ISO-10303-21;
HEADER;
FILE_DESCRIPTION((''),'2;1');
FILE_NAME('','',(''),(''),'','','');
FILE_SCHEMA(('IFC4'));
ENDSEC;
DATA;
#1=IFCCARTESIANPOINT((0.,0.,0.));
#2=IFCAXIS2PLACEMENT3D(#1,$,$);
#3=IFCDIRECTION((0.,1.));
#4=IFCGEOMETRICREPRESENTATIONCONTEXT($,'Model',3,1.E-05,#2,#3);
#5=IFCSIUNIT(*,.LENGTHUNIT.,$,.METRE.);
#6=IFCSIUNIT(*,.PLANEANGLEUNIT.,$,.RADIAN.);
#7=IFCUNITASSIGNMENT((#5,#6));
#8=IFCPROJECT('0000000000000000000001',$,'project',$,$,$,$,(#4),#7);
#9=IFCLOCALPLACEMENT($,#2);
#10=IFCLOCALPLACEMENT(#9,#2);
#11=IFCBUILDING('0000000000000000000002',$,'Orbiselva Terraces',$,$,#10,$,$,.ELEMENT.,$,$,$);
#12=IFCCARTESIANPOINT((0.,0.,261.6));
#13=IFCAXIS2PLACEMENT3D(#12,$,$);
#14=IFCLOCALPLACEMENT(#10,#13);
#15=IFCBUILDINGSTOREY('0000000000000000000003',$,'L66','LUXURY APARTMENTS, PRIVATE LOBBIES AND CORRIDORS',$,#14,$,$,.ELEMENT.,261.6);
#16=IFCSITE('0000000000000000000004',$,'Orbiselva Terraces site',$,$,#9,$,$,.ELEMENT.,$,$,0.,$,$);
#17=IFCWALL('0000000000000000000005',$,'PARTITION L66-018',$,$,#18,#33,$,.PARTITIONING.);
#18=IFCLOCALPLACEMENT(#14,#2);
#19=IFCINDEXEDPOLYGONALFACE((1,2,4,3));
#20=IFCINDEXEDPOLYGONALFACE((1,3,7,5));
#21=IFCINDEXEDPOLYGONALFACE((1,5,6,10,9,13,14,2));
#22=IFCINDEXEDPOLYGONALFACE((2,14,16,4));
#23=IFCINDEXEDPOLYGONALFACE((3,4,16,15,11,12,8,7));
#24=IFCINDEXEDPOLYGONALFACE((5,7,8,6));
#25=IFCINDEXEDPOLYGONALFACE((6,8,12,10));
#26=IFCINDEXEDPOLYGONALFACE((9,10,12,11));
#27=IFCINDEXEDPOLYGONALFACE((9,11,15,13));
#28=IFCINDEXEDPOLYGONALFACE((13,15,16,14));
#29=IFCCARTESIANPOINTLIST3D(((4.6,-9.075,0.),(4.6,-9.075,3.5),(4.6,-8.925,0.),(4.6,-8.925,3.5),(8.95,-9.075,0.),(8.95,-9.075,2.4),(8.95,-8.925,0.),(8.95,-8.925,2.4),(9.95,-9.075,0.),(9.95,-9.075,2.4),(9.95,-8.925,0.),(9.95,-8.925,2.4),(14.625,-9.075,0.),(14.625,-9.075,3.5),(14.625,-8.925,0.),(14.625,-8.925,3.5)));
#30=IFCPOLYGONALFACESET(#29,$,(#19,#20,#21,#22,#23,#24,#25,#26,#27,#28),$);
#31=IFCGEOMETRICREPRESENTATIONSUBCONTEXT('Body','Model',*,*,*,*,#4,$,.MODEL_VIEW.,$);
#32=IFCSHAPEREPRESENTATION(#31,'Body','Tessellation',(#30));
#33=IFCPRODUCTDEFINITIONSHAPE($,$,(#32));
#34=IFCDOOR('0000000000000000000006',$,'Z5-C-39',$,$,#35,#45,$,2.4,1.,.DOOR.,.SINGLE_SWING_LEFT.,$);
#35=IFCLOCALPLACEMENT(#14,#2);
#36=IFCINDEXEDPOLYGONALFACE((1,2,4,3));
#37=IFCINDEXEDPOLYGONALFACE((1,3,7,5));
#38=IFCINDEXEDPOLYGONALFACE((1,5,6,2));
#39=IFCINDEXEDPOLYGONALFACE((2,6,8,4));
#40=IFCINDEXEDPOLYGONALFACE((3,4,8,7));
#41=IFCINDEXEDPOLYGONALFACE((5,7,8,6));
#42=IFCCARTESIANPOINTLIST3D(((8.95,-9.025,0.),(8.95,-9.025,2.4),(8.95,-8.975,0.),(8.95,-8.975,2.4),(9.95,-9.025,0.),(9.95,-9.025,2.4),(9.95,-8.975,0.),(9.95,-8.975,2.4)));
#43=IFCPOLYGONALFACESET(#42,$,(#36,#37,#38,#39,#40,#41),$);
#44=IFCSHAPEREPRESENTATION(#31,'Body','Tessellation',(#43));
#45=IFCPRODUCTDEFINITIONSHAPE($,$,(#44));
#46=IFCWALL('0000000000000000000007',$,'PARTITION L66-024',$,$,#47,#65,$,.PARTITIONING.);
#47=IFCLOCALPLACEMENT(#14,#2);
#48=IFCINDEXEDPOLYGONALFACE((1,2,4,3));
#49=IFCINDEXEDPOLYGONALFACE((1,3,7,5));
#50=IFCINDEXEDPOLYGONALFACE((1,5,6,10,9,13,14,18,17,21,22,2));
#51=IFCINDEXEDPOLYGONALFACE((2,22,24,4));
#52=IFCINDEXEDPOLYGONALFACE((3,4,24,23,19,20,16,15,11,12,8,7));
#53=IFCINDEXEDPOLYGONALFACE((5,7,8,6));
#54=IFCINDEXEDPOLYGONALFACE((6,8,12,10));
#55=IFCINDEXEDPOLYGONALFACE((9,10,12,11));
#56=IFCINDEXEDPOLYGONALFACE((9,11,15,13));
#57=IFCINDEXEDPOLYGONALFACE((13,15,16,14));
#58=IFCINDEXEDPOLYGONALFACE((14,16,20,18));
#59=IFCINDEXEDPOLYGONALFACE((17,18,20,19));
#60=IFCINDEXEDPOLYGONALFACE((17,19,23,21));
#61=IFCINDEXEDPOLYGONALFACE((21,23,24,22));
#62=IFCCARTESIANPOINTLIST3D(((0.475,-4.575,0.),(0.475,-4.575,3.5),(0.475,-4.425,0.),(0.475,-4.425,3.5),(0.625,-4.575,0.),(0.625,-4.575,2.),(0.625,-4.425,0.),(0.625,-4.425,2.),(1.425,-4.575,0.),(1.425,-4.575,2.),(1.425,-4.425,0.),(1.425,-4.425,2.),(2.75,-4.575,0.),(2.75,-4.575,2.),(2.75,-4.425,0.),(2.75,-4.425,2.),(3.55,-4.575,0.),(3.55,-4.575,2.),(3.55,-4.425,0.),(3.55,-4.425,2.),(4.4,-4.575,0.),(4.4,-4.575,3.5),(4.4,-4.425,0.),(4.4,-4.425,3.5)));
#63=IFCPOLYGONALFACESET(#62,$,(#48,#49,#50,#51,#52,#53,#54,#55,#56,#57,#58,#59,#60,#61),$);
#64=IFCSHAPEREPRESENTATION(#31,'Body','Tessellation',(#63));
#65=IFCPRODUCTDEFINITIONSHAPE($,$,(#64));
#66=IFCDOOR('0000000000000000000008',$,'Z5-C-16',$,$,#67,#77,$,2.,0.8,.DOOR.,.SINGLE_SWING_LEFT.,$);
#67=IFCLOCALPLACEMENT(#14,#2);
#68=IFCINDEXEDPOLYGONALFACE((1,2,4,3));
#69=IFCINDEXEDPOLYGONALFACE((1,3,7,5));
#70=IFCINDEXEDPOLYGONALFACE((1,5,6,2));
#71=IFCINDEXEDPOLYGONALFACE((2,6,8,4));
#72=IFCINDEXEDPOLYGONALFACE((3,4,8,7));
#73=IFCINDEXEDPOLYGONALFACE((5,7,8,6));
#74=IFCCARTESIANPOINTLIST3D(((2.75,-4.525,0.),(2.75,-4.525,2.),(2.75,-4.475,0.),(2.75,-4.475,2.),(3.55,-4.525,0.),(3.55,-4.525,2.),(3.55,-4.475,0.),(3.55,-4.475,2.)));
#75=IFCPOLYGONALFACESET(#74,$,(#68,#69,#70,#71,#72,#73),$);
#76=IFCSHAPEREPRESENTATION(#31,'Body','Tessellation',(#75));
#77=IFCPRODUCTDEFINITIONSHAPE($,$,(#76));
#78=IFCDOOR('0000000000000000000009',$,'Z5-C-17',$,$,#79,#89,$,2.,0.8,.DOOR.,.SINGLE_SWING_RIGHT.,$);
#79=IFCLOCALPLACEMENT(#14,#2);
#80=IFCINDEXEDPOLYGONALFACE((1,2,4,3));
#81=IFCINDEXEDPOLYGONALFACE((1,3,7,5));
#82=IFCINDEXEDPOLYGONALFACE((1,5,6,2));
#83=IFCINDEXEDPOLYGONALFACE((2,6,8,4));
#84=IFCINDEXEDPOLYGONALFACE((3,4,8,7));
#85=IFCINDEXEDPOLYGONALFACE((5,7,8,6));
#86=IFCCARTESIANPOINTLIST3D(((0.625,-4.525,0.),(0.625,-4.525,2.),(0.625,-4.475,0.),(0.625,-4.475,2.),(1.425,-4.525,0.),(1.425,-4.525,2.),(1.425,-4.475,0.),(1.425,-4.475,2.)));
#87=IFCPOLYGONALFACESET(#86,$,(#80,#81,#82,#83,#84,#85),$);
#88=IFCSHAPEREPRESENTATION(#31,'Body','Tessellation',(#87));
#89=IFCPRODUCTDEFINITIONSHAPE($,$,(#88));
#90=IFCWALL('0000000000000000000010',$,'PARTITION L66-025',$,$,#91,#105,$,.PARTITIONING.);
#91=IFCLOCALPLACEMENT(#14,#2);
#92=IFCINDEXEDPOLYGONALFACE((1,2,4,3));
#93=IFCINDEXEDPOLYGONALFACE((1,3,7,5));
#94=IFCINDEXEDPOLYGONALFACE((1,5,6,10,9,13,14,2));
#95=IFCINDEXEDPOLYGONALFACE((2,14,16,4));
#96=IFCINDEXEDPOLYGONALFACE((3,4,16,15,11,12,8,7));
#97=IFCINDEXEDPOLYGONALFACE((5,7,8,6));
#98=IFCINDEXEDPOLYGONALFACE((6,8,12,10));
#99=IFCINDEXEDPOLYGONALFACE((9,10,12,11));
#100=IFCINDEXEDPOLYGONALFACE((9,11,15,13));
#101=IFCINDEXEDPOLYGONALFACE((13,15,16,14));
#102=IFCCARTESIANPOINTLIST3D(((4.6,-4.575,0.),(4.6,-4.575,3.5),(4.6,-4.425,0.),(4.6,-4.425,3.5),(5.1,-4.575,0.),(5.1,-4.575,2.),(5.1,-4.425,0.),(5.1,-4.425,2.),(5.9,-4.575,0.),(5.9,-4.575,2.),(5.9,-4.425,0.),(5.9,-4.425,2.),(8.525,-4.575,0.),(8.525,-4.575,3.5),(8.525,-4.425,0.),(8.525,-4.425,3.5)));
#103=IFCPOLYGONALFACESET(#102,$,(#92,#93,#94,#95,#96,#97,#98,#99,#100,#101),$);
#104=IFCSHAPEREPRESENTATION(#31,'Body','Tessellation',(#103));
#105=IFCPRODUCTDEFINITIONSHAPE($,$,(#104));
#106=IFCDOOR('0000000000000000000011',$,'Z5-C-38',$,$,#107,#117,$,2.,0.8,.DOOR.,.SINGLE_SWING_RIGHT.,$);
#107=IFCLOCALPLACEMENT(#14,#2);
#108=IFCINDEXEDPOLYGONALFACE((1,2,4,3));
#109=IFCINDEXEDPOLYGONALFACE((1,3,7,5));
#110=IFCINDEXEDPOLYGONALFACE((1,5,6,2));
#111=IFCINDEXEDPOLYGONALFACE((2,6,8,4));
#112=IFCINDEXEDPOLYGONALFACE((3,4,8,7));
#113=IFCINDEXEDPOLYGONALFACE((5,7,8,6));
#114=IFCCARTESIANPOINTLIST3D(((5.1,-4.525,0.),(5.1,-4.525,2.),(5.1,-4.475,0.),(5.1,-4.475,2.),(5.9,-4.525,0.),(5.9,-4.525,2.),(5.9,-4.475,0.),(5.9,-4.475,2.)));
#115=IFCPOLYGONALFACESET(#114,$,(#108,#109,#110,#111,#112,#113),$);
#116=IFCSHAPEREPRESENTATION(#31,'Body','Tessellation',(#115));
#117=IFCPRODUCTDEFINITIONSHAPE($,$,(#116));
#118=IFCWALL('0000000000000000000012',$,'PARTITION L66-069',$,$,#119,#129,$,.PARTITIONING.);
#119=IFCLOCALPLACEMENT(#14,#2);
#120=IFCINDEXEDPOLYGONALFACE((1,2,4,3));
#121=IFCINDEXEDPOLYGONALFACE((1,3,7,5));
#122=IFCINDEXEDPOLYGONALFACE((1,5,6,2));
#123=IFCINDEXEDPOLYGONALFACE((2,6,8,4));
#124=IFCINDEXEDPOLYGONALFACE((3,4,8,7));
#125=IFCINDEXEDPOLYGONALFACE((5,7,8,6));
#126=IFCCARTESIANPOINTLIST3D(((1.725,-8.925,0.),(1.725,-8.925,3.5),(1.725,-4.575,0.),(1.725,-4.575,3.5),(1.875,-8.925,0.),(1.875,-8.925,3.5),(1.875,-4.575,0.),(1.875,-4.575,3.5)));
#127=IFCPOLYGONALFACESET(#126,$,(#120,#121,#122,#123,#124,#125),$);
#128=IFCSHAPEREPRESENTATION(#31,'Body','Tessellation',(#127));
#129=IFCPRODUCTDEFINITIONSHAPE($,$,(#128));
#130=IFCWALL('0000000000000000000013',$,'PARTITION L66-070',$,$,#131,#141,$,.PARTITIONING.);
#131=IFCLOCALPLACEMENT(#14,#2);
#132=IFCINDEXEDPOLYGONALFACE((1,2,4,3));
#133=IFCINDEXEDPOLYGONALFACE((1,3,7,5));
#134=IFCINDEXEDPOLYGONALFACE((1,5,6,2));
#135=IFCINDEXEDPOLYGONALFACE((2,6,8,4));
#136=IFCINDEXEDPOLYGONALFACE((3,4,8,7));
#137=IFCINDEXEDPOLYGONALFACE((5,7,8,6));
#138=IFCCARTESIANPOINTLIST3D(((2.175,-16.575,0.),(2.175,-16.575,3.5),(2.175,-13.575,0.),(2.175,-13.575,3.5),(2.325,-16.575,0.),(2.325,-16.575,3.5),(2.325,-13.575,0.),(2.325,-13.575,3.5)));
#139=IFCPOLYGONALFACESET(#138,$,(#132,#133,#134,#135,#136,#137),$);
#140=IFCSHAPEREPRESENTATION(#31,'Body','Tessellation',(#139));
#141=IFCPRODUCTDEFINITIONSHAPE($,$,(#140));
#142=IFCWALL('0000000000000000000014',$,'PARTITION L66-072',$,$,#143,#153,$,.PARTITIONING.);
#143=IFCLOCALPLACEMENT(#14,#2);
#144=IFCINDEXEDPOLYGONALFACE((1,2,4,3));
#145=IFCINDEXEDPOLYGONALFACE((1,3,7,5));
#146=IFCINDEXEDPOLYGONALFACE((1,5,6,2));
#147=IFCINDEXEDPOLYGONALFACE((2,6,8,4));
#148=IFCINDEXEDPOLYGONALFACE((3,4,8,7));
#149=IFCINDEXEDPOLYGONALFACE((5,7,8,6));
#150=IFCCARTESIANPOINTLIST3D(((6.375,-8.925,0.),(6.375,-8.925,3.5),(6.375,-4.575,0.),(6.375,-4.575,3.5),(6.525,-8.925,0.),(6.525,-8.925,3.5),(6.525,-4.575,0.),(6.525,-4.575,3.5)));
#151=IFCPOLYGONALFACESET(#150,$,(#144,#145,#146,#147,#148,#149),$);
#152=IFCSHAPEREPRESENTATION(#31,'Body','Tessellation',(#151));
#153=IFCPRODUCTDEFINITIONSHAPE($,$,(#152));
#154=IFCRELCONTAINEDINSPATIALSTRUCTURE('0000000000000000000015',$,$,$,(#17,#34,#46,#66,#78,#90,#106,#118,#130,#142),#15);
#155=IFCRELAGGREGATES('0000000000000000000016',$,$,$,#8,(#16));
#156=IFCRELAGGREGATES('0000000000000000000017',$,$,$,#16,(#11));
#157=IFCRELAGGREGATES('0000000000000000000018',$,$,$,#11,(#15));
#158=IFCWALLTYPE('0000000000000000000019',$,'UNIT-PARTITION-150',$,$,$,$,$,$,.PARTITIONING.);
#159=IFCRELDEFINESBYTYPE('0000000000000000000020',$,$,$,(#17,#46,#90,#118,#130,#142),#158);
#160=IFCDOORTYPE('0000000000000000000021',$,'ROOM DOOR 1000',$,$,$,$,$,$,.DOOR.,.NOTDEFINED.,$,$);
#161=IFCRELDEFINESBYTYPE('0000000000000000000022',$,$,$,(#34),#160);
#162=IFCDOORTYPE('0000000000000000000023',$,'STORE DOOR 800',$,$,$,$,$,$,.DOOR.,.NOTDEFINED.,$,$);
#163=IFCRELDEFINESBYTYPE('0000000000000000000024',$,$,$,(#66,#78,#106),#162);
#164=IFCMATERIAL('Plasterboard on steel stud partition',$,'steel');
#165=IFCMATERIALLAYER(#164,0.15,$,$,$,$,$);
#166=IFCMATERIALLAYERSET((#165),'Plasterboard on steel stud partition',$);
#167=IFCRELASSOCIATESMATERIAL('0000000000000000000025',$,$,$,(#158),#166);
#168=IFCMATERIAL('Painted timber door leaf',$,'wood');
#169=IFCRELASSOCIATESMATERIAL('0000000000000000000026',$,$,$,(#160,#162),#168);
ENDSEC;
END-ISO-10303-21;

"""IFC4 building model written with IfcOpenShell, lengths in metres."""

from ifc_helpers import new_model, si_unit, direction, frame, frame_2d, origin, place, context, subcontext, project, spatial, rectangle, extrude, material, layer, layer_set, type_object, element, fill, save


model = new_model("IFC4")

# Units and contexts
model_context = context("Model", 3, precision=1e-05, world=origin(), true_north=direction((0.0, 1.0)))
body_context = subcontext(model_context, "Body", "Model", "MODEL_VIEW")
ifc_project = project(units=[si_unit("LENGTHUNIT", "METRE"), si_unit("PLANEANGLEUNIT", "RADIAN")], contexts=[model_context])

# Site, building, storey
site_placement = place(None, origin())
site = spatial("IfcSite", under=ifc_project, at=site_placement, Name="Orbiselva Terraces site", CompositionType="ELEMENT", RefElevation=0.0)
building_placement = place(site_placement, origin())
building = spatial("IfcBuilding", under=site, at=building_placement, Name="Orbiselva Terraces", CompositionType="ELEMENT")
storey_placement = place(building_placement, frame((0.0, 0.0, 261.6)))
storey = spatial("IfcBuildingStorey", under=building, at=storey_placement, Name="L66", Description="LUXURY APARTMENTS, PRIVATE LOBBIES AND CORRIDORS", CompositionType="ELEMENT", Elevation=261.6)

# Shared definitions
ifc_material_1 = material(Name="Plasterboard on steel stud partition", Category="steel")
ifc_layer_1 = layer(ifc_material_1, 0.15)
ifc_layer_set_1 = layer_set([ifc_layer_1], Name="Plasterboard on steel stud partition")
wall_type_1 = type_object("IfcWallType", Name="UNIT-PARTITION-150", PredefinedType="PARTITIONING", material=ifc_layer_set_1)
ifc_material_2 = material(Name="Painted timber door leaf", Category="wood")

# Wall, opening, door
wall_1_placement = place(storey_placement, frame((4.6, -9.0, 0.0), z_axis=(0.0, 0.0, 1.0), x_axis=(1.0, 0.0, 0.0)))
wall_1 = element("IfcWall", 1, at=wall_1_placement, inside=storey, type_object=wall_type_1, Name="PARTITION L66-018", PredefinedType="PARTITIONING", context=body_context, shape_type="SweptSolid", body=[
    extrude(rectangle(XDim=10.025, YDim=0.15, at=frame_2d((5.0125, 0.0))), origin(), (0.0, 0.0, 1.0), 3.5),
])
opening_1_placement = place(wall_1_placement, frame((4.35, 0.0, 0.0)))
opening_1 = element("IfcOpeningElement", 2, at=opening_1_placement, cuts=wall_1, PredefinedType="OPENING", context=body_context, shape_type="SweptSolid", body=[
    extrude(rectangle(XDim=1.0, YDim=2.4, at=frame_2d((0.5, 1.2))), frame((0.0, 0.085, 0.0), z_axis=(0.0, -1.0, 0.0), x_axis=(1.0, 0.0, 0.0)), (0.0, 0.0, 1.0), 0.17),
])
door_type_1 = type_object("IfcDoorType", Name="ROOM DOOR 1000", OperationType="NOTDEFINED", PredefinedType="DOOR", material=ifc_material_2)
door_1_placement = place(opening_1_placement, origin())
door_1 = element("IfcDoor", 3, at=door_1_placement, inside=storey, type_object=door_type_1, Name="Z5-C-39", OperationType="SINGLE_SWING_LEFT", OverallHeight=2.4, OverallWidth=1.0, PredefinedType="DOOR", context=body_context, shape_type="SweptSolid", body=[
    extrude(rectangle(XDim=1.0, YDim=2.4, at=frame_2d((0.5, 1.2))), frame((0.0, 0.025, 0.0), z_axis=(0.0, -1.0, 0.0), x_axis=(1.0, 0.0, 0.0)), (0.0, 0.0, 1.0), 0.05),
])
fill(opening_1, door_1)

# Wall, openings, doors
wall_2_placement = place(storey_placement, frame((4.4, -4.5, 0.0), z_axis=(0.0, 0.0, 1.0), x_axis=(-1.0, 0.0, 0.0)))
wall_2 = element("IfcWall", 4, at=wall_2_placement, inside=storey, type_object=wall_type_1, Name="PARTITION L66-024", PredefinedType="PARTITIONING", context=body_context, shape_type="SweptSolid", body=[
    extrude(rectangle(XDim=3.925, YDim=0.15, at=frame_2d((1.9625, 0.0))), origin(), (0.0, 0.0, 1.0), 3.5),
])
opening_2_placement = place(wall_2_placement, frame((0.85, 0.0, 0.0)))
opening_2 = element("IfcOpeningElement", 5, at=opening_2_placement, cuts=wall_2, PredefinedType="OPENING", context=body_context, shape_type="SweptSolid", body=[
    extrude(rectangle(XDim=0.8, YDim=2.0, at=frame_2d((0.4, 1.0))), frame((0.0, 0.085, 0.0), z_axis=(0.0, -1.0, 0.0), x_axis=(1.0, 0.0, 0.0)), (0.0, 0.0, 1.0), 0.17),
])
opening_3_placement = place(wall_2_placement, frame((2.975, 0.0, 0.0)))
opening_3 = element("IfcOpeningElement", 6, at=opening_3_placement, cuts=wall_2, PredefinedType="OPENING", context=body_context, shape_type="SweptSolid", body=[
    extrude(rectangle(XDim=0.8, YDim=2.0, at=frame_2d((0.4, 1.0))), frame((0.0, 0.085, 0.0), z_axis=(0.0, -1.0, 0.0), x_axis=(1.0, 0.0, 0.0)), (0.0, 0.0, 1.0), 0.17),
])
door_type_2 = type_object("IfcDoorType", Name="STORE DOOR 800", OperationType="NOTDEFINED", PredefinedType="DOOR", material=ifc_material_2)
door_2_placement = place(opening_2_placement, origin())
door_2 = element("IfcDoor", 7, at=door_2_placement, inside=storey, type_object=door_type_2, Name="Z5-C-16", OperationType="SINGLE_SWING_LEFT", OverallHeight=2.0, OverallWidth=0.8, PredefinedType="DOOR", context=body_context, shape_type="SweptSolid", body=[
    extrude(rectangle(XDim=0.8, YDim=2.0, at=frame_2d((0.4, 1.0))), frame((0.0, 0.025, 0.0), z_axis=(0.0, -1.0, 0.0), x_axis=(1.0, 0.0, 0.0)), (0.0, 0.0, 1.0), 0.05),
])
fill(opening_2, door_2)
door_3_placement = place(opening_3_placement, origin())
door_3 = element("IfcDoor", 8, at=door_3_placement, inside=storey, type_object=door_type_2, Name="Z5-C-17", OperationType="SINGLE_SWING_RIGHT", OverallHeight=2.0, OverallWidth=0.8, PredefinedType="DOOR", context=body_context, shape_type="SweptSolid", body=[
    extrude(rectangle(XDim=0.8, YDim=2.0, at=frame_2d((0.4, 1.0))), frame((0.0, 0.025, 0.0), z_axis=(0.0, -1.0, 0.0), x_axis=(1.0, 0.0, 0.0)), (0.0, 0.0, 1.0), 0.05),
])
fill(opening_3, door_3)

# Wall, opening, door
wall_3_placement = place(storey_placement, frame((8.525, -4.5, 0.0), z_axis=(0.0, 0.0, 1.0), x_axis=(-1.0, 0.0, 0.0)))
wall_3 = element("IfcWall", 9, at=wall_3_placement, inside=storey, type_object=wall_type_1, Name="PARTITION L66-025", PredefinedType="PARTITIONING", context=body_context, shape_type="SweptSolid", body=[
    extrude(rectangle(XDim=3.925, YDim=0.15, at=frame_2d((1.9625, 0.0))), origin(), (0.0, 0.0, 1.0), 3.5),
])
opening_4_placement = place(wall_3_placement, frame((2.625, 0.0, 0.0)))
opening_4 = element("IfcOpeningElement", 10, at=opening_4_placement, cuts=wall_3, PredefinedType="OPENING", context=body_context, shape_type="SweptSolid", body=[
    extrude(rectangle(XDim=0.8, YDim=2.0, at=frame_2d((0.4, 1.0))), frame((0.0, 0.085, 0.0), z_axis=(0.0, -1.0, 0.0), x_axis=(1.0, 0.0, 0.0)), (0.0, 0.0, 1.0), 0.17),
])
door_4_placement = place(opening_4_placement, origin())
door_4 = element("IfcDoor", 11, at=door_4_placement, inside=storey, type_object=door_type_2, Name="Z5-C-38", OperationType="SINGLE_SWING_RIGHT", OverallHeight=2.0, OverallWidth=0.8, PredefinedType="DOOR", context=body_context, shape_type="SweptSolid", body=[
    extrude(rectangle(XDim=0.8, YDim=2.0, at=frame_2d((0.4, 1.0))), frame((0.0, 0.025, 0.0), z_axis=(0.0, -1.0, 0.0), x_axis=(1.0, 0.0, 0.0)), (0.0, 0.0, 1.0), 0.05),
])
fill(opening_4, door_4)

# Walls
wall_4_placement = place(storey_placement, frame((1.8, -8.925, 0.0), z_axis=(0.0, 0.0, 1.0), x_axis=(0.0, 1.0, 0.0)))
element("IfcWall", 12, at=wall_4_placement, inside=storey, type_object=wall_type_1, Name="PARTITION L66-069", PredefinedType="PARTITIONING", context=body_context, shape_type="SweptSolid", body=[
    extrude(rectangle(XDim=4.35, YDim=0.15, at=frame_2d((2.175, 0.0))), origin(), (0.0, 0.0, 1.0), 3.5),
])
wall_5_placement = place(storey_placement, frame((2.25, -16.575, 0.0), z_axis=(0.0, 0.0, 1.0), x_axis=(0.0, 1.0, 0.0)))
element("IfcWall", 13, at=wall_5_placement, inside=storey, type_object=wall_type_1, Name="PARTITION L66-070", PredefinedType="PARTITIONING", context=body_context, shape_type="SweptSolid", body=[
    extrude(rectangle(XDim=3.0, YDim=0.15, at=frame_2d((1.5, 0.0))), origin(), (0.0, 0.0, 1.0), 3.5),
])
wall_6_placement = place(storey_placement, frame((6.45, -8.925, 0.0), z_axis=(0.0, 0.0, 1.0), x_axis=(0.0, 1.0, 0.0)))
element("IfcWall", 14, at=wall_6_placement, inside=storey, type_object=wall_type_1, Name="PARTITION L66-072", PredefinedType="PARTITIONING", context=body_context, shape_type="SweptSolid", body=[
    extrude(rectangle(XDim=4.35, YDim=0.15, at=frame_2d((2.175, 0.0))), origin(), (0.0, 0.0, 1.0), 3.5),
])

save(model, "model.ifc")
